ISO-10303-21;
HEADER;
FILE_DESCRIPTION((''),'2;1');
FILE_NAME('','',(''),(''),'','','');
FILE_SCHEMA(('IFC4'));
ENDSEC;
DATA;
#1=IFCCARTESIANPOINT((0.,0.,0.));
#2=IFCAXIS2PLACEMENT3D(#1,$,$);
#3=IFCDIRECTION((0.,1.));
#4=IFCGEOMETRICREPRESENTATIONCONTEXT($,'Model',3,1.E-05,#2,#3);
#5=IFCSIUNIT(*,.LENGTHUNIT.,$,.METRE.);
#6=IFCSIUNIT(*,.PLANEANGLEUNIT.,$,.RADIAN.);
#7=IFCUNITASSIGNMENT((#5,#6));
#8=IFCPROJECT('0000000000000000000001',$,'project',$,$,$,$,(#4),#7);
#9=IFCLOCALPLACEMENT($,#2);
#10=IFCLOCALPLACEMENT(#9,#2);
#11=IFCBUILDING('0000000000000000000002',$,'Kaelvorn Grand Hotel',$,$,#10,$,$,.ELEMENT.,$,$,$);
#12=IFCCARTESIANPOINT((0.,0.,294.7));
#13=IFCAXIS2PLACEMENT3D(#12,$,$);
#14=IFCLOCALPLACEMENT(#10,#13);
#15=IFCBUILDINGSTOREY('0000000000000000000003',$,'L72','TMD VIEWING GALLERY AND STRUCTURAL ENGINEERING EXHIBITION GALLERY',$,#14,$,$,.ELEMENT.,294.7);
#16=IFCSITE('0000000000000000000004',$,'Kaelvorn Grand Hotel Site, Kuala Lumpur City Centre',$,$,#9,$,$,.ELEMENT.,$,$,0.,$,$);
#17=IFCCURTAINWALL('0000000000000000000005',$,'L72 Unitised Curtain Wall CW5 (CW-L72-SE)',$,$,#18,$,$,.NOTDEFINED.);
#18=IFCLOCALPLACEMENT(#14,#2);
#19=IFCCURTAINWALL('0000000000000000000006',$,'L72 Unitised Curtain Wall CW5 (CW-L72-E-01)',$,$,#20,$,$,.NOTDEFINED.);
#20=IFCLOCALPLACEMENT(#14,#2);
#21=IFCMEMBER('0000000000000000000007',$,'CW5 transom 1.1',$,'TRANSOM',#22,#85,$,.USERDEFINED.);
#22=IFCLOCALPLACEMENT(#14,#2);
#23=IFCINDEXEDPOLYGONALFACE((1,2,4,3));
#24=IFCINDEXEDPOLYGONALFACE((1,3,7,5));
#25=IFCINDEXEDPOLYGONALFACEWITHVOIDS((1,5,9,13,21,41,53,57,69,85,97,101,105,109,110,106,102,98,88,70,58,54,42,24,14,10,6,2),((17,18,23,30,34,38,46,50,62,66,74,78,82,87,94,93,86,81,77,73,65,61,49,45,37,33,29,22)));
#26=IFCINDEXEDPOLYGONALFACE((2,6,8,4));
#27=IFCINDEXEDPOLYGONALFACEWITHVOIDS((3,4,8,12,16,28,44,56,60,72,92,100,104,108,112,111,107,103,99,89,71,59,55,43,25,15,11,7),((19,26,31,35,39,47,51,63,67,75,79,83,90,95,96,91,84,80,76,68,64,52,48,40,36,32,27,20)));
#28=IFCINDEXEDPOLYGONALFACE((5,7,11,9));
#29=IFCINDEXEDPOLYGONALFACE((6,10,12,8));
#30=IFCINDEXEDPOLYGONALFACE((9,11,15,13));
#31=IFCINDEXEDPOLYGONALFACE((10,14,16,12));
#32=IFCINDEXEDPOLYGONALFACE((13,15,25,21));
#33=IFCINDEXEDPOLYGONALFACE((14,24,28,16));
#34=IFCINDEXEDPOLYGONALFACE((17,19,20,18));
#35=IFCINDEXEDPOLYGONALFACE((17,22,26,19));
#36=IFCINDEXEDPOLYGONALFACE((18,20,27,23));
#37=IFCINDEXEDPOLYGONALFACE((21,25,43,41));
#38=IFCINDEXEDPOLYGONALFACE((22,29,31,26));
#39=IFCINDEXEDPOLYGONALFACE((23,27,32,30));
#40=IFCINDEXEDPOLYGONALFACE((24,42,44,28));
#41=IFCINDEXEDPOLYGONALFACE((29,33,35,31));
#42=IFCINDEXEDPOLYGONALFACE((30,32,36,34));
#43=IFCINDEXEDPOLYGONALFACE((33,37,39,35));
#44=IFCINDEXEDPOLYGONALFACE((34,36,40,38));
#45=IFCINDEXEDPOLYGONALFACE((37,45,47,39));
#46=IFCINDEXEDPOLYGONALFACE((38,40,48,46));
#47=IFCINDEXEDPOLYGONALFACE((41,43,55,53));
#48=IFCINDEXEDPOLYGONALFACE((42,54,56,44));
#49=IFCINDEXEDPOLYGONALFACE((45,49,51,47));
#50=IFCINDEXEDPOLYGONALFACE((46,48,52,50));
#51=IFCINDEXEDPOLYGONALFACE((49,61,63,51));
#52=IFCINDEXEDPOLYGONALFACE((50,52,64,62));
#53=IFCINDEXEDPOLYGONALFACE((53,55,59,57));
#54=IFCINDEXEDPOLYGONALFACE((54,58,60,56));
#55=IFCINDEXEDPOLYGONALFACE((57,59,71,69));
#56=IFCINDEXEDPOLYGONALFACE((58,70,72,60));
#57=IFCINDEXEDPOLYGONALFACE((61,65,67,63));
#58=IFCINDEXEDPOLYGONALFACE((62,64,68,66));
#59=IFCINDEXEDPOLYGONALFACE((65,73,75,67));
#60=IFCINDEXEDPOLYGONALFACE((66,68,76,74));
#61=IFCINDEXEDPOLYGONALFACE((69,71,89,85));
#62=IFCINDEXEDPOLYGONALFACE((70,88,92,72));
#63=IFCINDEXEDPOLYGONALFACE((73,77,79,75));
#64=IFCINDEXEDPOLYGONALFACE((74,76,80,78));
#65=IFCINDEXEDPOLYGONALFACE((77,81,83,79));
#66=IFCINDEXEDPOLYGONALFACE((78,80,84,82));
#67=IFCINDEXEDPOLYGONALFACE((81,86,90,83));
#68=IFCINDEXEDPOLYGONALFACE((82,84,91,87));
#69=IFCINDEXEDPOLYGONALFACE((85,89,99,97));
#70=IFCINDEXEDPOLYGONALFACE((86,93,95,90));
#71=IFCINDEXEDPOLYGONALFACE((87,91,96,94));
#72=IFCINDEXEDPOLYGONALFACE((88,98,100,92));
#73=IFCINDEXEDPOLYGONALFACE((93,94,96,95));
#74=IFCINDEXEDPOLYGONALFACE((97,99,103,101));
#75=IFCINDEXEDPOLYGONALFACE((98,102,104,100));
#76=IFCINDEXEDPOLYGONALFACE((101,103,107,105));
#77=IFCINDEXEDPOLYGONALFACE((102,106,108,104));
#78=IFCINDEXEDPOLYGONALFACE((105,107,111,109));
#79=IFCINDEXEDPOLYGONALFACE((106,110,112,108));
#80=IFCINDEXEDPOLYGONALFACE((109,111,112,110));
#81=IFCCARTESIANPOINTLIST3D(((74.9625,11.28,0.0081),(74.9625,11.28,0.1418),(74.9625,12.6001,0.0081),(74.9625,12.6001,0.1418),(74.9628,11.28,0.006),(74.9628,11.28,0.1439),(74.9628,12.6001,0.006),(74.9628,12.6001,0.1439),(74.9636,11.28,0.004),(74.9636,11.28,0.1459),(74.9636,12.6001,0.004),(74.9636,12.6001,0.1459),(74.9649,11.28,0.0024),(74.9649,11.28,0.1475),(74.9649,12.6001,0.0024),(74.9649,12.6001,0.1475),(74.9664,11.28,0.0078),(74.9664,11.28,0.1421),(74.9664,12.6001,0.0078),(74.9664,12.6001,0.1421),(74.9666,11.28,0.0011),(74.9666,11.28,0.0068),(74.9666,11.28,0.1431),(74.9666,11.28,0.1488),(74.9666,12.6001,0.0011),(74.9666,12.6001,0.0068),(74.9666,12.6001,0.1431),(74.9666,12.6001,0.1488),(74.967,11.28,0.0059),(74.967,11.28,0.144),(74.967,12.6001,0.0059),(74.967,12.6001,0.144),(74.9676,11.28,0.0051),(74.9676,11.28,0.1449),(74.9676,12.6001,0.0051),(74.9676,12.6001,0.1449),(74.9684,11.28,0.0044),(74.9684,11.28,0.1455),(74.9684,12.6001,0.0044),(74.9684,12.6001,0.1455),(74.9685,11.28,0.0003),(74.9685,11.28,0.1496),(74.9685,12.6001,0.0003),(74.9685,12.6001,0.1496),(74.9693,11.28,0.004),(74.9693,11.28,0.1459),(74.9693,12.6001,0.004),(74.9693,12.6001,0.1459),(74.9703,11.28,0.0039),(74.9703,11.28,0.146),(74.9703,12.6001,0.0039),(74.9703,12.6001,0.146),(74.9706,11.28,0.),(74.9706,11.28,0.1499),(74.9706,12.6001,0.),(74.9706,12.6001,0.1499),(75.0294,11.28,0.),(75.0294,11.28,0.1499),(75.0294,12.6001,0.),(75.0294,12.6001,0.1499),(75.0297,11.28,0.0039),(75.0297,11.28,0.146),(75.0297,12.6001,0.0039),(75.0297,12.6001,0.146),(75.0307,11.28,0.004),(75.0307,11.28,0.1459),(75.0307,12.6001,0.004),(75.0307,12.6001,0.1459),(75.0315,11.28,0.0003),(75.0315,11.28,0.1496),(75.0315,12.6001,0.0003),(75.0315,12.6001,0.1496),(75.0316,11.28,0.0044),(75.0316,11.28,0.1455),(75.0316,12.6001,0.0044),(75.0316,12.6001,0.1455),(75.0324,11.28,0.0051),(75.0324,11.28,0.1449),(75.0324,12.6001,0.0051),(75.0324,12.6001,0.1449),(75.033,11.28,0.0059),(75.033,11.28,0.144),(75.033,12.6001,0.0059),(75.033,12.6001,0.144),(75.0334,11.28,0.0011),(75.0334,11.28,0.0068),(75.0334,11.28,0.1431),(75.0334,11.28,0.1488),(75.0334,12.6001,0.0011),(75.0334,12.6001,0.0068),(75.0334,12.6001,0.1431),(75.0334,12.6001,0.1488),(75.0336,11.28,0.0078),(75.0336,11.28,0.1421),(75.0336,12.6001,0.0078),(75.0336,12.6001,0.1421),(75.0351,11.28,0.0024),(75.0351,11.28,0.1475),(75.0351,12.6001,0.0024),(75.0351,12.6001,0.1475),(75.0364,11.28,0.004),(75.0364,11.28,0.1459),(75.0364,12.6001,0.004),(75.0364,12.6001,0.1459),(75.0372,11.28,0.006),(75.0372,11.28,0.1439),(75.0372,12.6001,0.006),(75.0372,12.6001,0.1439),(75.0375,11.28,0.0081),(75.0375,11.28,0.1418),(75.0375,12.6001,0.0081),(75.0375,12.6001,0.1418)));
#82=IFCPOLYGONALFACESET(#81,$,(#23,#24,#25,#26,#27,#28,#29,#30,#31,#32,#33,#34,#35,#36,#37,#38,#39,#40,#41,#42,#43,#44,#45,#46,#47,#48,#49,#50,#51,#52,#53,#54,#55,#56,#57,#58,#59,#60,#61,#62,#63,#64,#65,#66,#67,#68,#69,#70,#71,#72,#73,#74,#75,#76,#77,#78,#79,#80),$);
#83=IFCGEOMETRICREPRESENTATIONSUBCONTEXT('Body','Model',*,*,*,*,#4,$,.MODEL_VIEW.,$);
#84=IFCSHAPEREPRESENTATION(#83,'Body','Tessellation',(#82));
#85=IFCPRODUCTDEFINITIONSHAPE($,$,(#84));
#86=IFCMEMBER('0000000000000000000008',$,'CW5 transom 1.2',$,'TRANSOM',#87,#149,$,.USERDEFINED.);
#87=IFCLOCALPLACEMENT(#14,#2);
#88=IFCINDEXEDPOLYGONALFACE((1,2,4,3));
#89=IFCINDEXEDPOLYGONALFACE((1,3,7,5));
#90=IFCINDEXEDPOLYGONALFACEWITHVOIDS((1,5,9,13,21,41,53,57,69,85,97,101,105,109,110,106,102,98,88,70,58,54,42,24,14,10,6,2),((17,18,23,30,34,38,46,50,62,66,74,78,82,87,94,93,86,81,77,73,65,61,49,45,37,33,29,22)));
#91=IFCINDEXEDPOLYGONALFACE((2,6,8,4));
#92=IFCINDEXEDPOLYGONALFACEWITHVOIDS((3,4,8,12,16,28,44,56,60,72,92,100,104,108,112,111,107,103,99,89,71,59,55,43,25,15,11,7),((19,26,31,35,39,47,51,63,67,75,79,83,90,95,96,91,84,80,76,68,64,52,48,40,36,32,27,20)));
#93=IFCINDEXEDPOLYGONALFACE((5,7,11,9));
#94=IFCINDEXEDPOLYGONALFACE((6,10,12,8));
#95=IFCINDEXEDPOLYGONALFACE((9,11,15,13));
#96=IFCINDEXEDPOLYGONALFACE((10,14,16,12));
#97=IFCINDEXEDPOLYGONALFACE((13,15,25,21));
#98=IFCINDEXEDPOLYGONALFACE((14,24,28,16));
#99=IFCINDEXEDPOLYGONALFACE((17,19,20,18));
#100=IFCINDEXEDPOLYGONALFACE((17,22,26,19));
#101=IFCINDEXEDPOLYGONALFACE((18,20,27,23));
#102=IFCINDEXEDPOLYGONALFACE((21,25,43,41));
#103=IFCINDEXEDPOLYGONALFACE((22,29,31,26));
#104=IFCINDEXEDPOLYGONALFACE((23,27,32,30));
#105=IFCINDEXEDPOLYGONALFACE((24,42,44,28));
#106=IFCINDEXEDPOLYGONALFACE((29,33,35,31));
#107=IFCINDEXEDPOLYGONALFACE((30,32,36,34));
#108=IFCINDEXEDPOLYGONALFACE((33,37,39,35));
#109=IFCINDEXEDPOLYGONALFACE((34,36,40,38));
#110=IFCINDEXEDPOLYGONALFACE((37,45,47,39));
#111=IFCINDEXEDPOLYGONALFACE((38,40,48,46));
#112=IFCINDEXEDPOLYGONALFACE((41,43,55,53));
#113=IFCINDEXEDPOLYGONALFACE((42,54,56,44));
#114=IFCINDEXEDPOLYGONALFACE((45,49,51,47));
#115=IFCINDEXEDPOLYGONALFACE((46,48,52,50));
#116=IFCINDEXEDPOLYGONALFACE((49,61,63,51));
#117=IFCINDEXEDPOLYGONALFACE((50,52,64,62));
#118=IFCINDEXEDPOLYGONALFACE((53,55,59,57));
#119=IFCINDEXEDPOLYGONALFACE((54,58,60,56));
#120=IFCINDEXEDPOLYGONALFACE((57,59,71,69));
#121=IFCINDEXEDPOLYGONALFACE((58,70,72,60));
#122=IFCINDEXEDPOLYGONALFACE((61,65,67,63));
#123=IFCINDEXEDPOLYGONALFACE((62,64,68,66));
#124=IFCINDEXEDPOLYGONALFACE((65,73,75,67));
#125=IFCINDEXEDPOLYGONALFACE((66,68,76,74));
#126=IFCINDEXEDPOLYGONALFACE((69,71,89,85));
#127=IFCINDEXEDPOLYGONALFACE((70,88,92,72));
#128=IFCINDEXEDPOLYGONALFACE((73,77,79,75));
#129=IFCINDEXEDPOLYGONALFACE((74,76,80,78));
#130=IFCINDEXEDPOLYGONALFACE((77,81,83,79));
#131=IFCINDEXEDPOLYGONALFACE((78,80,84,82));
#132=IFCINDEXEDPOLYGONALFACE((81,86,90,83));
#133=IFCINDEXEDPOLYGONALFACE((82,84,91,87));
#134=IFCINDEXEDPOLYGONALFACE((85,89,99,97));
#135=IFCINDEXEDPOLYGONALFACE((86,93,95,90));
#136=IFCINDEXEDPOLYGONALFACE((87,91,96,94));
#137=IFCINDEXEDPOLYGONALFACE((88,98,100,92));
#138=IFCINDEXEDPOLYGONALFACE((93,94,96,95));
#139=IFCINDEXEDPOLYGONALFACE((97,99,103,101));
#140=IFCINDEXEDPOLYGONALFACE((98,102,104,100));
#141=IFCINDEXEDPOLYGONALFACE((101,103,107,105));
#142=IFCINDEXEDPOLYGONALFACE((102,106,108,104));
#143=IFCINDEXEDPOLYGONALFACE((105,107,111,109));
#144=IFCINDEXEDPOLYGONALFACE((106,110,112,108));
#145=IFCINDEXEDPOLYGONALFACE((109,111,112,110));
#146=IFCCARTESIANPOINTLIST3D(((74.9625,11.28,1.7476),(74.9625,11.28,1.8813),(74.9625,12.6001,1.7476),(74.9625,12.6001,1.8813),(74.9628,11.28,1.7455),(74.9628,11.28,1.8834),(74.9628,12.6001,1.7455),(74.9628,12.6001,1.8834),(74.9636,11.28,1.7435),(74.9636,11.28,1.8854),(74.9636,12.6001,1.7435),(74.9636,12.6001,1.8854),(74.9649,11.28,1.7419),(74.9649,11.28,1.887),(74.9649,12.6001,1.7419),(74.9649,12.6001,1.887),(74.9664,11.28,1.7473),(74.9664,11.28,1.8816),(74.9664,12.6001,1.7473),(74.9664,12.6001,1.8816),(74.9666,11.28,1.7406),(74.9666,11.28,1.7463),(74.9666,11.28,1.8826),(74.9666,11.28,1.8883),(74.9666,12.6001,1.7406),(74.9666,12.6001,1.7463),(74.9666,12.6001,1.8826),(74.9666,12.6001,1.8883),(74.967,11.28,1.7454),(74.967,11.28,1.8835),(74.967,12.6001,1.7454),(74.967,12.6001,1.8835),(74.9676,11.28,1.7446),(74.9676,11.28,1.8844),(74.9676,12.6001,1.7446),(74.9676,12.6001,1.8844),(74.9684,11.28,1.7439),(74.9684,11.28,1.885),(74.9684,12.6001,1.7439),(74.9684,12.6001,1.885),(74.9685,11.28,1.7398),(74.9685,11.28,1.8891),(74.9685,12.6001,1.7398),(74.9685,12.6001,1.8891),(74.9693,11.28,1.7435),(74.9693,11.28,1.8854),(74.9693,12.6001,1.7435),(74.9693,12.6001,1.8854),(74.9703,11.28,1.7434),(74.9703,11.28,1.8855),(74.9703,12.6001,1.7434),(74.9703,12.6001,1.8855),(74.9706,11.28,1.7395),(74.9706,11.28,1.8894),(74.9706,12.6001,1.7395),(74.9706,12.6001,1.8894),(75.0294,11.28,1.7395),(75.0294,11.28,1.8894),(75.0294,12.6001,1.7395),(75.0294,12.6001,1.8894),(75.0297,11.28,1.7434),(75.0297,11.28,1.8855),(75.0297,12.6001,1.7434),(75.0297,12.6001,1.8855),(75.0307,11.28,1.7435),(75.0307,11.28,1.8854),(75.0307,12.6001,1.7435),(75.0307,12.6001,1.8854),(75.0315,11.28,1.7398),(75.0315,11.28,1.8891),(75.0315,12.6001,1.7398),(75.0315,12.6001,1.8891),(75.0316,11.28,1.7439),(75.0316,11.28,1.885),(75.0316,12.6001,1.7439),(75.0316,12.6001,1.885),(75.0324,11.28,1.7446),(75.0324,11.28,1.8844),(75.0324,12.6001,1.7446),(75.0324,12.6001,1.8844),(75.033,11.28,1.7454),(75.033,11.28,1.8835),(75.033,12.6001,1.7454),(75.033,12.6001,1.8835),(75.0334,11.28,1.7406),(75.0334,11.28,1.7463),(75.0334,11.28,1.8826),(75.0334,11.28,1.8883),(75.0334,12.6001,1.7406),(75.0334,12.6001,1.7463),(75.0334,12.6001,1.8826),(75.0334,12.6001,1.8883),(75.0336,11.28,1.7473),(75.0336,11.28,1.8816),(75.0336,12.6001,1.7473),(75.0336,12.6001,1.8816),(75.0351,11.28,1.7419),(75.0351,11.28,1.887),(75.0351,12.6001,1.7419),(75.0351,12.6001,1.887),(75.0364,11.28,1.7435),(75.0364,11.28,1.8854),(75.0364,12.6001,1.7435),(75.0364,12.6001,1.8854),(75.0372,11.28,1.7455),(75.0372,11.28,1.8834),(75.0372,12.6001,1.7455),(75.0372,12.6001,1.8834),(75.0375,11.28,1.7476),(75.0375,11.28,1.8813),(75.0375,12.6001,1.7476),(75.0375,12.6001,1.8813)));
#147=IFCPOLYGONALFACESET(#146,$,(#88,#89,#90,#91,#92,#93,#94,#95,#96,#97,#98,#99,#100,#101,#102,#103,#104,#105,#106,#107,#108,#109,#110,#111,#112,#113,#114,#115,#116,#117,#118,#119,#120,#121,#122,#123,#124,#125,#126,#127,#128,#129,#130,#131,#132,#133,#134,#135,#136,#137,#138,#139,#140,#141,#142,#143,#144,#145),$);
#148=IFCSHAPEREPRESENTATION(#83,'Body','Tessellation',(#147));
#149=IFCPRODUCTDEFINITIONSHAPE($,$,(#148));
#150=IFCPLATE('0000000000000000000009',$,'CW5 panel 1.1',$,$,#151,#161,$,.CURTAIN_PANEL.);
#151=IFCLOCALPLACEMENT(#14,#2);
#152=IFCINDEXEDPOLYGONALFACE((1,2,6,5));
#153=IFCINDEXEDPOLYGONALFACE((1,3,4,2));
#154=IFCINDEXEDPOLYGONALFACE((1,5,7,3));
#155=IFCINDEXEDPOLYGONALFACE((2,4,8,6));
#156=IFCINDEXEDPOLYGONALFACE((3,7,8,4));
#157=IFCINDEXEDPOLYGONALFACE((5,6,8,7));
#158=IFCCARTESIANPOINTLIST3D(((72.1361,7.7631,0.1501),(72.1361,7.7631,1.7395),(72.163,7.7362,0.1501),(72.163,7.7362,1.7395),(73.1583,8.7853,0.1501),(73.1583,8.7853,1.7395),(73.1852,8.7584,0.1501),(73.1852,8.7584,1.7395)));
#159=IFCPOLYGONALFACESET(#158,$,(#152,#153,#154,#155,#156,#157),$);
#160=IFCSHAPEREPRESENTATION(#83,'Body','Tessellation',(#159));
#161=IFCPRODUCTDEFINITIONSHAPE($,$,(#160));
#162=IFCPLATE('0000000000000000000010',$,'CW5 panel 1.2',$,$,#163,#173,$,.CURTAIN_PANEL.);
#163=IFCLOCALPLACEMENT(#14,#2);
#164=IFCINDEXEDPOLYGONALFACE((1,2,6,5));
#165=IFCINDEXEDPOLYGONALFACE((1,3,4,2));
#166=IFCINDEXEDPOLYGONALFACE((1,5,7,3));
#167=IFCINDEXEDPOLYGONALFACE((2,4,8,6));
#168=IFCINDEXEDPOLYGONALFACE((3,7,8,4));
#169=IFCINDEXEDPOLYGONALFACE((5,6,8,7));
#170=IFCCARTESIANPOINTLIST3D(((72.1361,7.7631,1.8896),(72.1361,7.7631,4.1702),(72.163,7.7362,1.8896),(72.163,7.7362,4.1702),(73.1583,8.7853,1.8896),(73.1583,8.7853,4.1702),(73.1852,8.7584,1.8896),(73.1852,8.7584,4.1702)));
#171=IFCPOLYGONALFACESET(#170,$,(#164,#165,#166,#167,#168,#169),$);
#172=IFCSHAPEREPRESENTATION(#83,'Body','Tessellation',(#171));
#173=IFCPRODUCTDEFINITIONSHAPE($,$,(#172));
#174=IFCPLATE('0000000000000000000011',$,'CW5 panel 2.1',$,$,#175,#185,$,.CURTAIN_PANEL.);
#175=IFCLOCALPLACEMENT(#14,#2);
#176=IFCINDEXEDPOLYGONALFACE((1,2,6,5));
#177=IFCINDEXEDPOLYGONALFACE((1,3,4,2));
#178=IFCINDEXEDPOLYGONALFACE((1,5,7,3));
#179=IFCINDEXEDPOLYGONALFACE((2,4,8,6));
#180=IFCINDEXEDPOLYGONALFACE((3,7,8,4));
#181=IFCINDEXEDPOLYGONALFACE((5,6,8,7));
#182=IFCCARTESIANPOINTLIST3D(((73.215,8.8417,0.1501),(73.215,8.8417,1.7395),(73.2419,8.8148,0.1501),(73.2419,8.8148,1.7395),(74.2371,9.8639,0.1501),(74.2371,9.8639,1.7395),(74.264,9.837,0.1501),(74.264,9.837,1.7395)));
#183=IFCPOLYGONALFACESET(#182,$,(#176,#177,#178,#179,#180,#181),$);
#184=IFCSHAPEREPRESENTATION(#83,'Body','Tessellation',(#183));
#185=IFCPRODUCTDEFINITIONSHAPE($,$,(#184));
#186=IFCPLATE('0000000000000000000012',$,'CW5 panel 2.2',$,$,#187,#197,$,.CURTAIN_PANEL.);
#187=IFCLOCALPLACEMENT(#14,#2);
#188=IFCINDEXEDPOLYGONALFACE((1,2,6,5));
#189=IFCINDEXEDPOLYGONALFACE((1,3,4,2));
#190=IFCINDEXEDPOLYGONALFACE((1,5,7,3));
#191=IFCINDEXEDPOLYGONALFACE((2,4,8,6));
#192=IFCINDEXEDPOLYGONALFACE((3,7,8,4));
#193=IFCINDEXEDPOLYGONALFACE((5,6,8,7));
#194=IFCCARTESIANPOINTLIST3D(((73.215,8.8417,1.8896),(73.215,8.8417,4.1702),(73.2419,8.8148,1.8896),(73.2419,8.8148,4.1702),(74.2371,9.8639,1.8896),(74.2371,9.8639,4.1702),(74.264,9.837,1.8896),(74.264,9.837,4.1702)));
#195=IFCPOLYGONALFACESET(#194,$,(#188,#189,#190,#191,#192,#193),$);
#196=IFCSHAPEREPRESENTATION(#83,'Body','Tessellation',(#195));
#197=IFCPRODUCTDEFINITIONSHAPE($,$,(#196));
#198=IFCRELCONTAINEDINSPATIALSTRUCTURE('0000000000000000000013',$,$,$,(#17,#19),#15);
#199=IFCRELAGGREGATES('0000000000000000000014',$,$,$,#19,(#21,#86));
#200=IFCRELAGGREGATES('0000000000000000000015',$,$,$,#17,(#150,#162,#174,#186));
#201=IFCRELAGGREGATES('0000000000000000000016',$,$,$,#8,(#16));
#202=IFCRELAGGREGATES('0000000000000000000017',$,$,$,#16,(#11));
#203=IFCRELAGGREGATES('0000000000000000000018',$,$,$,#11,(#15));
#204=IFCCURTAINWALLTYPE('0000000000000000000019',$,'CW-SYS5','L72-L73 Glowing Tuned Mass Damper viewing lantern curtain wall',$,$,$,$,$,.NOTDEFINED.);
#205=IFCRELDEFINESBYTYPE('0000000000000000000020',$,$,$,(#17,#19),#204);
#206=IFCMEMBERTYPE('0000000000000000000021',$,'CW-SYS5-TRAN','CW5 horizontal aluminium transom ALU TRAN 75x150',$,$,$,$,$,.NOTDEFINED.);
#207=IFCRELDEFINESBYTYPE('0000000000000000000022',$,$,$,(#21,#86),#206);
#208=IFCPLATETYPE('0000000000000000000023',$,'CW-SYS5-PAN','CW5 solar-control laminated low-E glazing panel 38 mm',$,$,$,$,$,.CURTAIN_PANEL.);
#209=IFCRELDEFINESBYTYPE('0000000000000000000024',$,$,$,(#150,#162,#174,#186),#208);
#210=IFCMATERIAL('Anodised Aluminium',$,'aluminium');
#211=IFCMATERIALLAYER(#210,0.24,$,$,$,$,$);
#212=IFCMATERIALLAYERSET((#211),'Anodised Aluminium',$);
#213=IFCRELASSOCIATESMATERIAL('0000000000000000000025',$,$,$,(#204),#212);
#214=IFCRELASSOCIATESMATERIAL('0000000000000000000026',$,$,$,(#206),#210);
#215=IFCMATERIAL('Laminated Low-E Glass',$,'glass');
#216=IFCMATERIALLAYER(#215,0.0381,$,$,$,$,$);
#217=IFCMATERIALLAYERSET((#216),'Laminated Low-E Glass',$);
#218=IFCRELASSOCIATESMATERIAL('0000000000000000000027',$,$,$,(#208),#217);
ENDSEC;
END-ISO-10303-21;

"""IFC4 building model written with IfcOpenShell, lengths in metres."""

from ifc_helpers import new_model, si_unit, direction, frame, origin, origin_2d, place, context, subcontext, project, spatial, rectangle, hollow_rectangle, extrude, material, layer, layer_set, material_profile, profile_set, type_object, element, aggregate, save


model = new_model("IFC4")

# Units and contexts
model_context = context("Model", 3, precision=1e-05, world=origin(), true_north=direction((0.0, 1.0)))
body_context = subcontext(model_context, "Body", "Model", "MODEL_VIEW")
ifc_project = project(units=[si_unit("LENGTHUNIT", "METRE"), si_unit("PLANEANGLEUNIT", "RADIAN")], contexts=[model_context])

# Site, building, storey
site_placement = place(None, origin())
site = spatial("IfcSite", under=ifc_project, at=site_placement, Name="Kaelvorn Grand Hotel Site, Kuala Lumpur City Centre", CompositionType="ELEMENT", RefElevation=0.0)
building_placement = place(site_placement, origin())
building = spatial("IfcBuilding", under=site, at=building_placement, Name="Kaelvorn Grand Hotel", CompositionType="ELEMENT")
storey_placement = place(building_placement, frame((0.0, 0.0, 294.7)))
storey = spatial("IfcBuildingStorey", under=building, at=storey_placement, Name="L72", Description="TMD VIEWING GALLERY AND STRUCTURAL ENGINEERING EXHIBITION GALLERY", CompositionType="ELEMENT", Elevation=294.7)

# Curtain wall
ifc_material_1 = material(Name="Anodised Aluminium", Category="aluminium")
ifc_layer_1 = layer(ifc_material_1, 0.24)
ifc_layer_set_1 = layer_set([ifc_layer_1], Name="Anodised Aluminium")
curtain_wall_type = type_object("IfcCurtainWallType", Name="CW-SYS5", Description="L72-L73 Glowing Tuned Mass Damper viewing lantern curtain wall", PredefinedType="NOTDEFINED", material=ifc_layer_set_1)
curtain_wall_1_placement = place(storey_placement, origin())
curtain_wall_1 = element("IfcCurtainWall", 1, at=curtain_wall_1_placement, inside=storey, type_object=curtain_wall_type, Name="L72 Unitised Curtain Wall CW5 (CW-L72-SE)", PredefinedType="NOTDEFINED")

# Curtain wall
curtain_wall_2_placement = place(storey_placement, origin())
curtain_wall_2 = element("IfcCurtainWall", 2, at=curtain_wall_2_placement, inside=storey, type_object=curtain_wall_type, Name="L72 Unitised Curtain Wall CW5 (CW-L72-E-01)", PredefinedType="NOTDEFINED")

# Members
ifc_material_profile_1 = material_profile(ifc_material_1, hollow_rectangle(XDim=0.075, YDim=0.1499, WallThickness=0.0039, InnerFilletRadius=0.0039, OuterFilletRadius=0.0081, at=origin_2d()), Name="ALU TRAN 75x150")
ifc_profile_set_1 = profile_set([ifc_material_profile_1], Name="Anodised Aluminium")
member_type_1 = type_object("IfcMemberType", Name="CW-SYS5-TRAN", Description="CW5 horizontal aluminium transom ALU TRAN 75x150", PredefinedType="NOTDEFINED", material=ifc_profile_set_1)
member_1_placement = place(storey_placement, frame((75.0, 11.28, 0.075), z_axis=(0.0, 1.0, 0.0), x_axis=(-1.0, 0.0, 0.0)))
member_1 = element("IfcMember", 3, at=member_1_placement, type_object=member_type_1, Name="CW5 transom 1.1", ObjectType="TRANSOM", PredefinedType="USERDEFINED", context=body_context, shape_type="SweptSolid", body=[
    extrude(hollow_rectangle(XDim=0.075, YDim=0.1499, WallThickness=0.0039, InnerFilletRadius=0.0039, OuterFilletRadius=0.0081, at=origin_2d()), origin(), (0.0, 0.0, 1.0), 1.3201),
])
member_2_placement = place(storey_placement, frame((75.0, 11.28, 1.8145), z_axis=(0.0, 1.0, 0.0), x_axis=(-1.0, 0.0, 0.0)))
member_2 = element("IfcMember", 4, at=member_2_placement, type_object=member_type_1, Name="CW5 transom 1.2", ObjectType="TRANSOM", PredefinedType="USERDEFINED", context=body_context, shape_type="SweptSolid", body=[
    extrude(hollow_rectangle(XDim=0.075, YDim=0.1499, WallThickness=0.0039, InnerFilletRadius=0.0039, OuterFilletRadius=0.0081, at=origin_2d()), origin(), (0.0, 0.0, 1.0), 1.3201),
])
aggregate(curtain_wall_2, [member_1, member_2])

# Plates
ifc_material_2 = material(Name="Laminated Low-E Glass", Category="glass")
ifc_layer_2 = layer(ifc_material_2, 0.0381)
ifc_layer_set_2 = layer_set([ifc_layer_2], Name="Laminated Low-E Glass")
plate_type = type_object("IfcPlateType", Name="CW-SYS5-PAN", Description="CW5 solar-control laminated low-E glazing panel 38 mm", PredefinedType="CURTAIN_PANEL", material=ifc_layer_set_2)
plate_1_placement = place(storey_placement, frame((72.6606, 8.2607, 0.1501), z_axis=(0.0, 0.0, 1.0), x_axis=(0.707107, 0.707107, 0.0)))
plate_1 = element("IfcPlate", 5, at=plate_1_placement, type_object=plate_type, Name="CW5 panel 1.1", PredefinedType="CURTAIN_PANEL", context=body_context, shape_type="SweptSolid", body=[
    extrude(rectangle(XDim=1.4456, YDim=0.0381, at=origin_2d()), origin(), (0.0, 0.0, 1.0), 1.5894),
])
plate_2_placement = place(storey_placement, frame((72.6606, 8.2607, 1.8896), z_axis=(0.0, 0.0, 1.0), x_axis=(0.707107, 0.707107, 0.0)))
plate_2 = element("IfcPlate", 6, at=plate_2_placement, type_object=plate_type, Name="CW5 panel 1.2", PredefinedType="CURTAIN_PANEL", context=body_context, shape_type="SweptSolid", body=[
    extrude(rectangle(XDim=1.4456, YDim=0.0381, at=origin_2d()), origin(), (0.0, 0.0, 1.0), 2.2805),
])
plate_3_placement = place(storey_placement, frame((73.7395, 9.3394, 0.1501), z_axis=(0.0, 0.0, 1.0), x_axis=(0.707107, 0.707107, 0.0)))
plate_3 = element("IfcPlate", 7, at=plate_3_placement, type_object=plate_type, Name="CW5 panel 2.1", PredefinedType="CURTAIN_PANEL", context=body_context, shape_type="SweptSolid", body=[
    extrude(rectangle(XDim=1.4456, YDim=0.0381, at=origin_2d()), origin(), (0.0, 0.0, 1.0), 1.5894),
])
plate_4_placement = place(storey_placement, frame((73.7395, 9.3394, 1.8896), z_axis=(0.0, 0.0, 1.0), x_axis=(0.707107, 0.707107, 0.0)))
plate_4 = element("IfcPlate", 8, at=plate_4_placement, type_object=plate_type, Name="CW5 panel 2.2", PredefinedType="CURTAIN_PANEL", context=body_context, shape_type="SweptSolid", body=[
    extrude(rectangle(XDim=1.4456, YDim=0.0381, at=origin_2d()), origin(), (0.0, 0.0, 1.0), 2.2805),
])
aggregate(curtain_wall_1, [plate_1, plate_2, plate_3, plate_4])

save(model, "model.ifc")
